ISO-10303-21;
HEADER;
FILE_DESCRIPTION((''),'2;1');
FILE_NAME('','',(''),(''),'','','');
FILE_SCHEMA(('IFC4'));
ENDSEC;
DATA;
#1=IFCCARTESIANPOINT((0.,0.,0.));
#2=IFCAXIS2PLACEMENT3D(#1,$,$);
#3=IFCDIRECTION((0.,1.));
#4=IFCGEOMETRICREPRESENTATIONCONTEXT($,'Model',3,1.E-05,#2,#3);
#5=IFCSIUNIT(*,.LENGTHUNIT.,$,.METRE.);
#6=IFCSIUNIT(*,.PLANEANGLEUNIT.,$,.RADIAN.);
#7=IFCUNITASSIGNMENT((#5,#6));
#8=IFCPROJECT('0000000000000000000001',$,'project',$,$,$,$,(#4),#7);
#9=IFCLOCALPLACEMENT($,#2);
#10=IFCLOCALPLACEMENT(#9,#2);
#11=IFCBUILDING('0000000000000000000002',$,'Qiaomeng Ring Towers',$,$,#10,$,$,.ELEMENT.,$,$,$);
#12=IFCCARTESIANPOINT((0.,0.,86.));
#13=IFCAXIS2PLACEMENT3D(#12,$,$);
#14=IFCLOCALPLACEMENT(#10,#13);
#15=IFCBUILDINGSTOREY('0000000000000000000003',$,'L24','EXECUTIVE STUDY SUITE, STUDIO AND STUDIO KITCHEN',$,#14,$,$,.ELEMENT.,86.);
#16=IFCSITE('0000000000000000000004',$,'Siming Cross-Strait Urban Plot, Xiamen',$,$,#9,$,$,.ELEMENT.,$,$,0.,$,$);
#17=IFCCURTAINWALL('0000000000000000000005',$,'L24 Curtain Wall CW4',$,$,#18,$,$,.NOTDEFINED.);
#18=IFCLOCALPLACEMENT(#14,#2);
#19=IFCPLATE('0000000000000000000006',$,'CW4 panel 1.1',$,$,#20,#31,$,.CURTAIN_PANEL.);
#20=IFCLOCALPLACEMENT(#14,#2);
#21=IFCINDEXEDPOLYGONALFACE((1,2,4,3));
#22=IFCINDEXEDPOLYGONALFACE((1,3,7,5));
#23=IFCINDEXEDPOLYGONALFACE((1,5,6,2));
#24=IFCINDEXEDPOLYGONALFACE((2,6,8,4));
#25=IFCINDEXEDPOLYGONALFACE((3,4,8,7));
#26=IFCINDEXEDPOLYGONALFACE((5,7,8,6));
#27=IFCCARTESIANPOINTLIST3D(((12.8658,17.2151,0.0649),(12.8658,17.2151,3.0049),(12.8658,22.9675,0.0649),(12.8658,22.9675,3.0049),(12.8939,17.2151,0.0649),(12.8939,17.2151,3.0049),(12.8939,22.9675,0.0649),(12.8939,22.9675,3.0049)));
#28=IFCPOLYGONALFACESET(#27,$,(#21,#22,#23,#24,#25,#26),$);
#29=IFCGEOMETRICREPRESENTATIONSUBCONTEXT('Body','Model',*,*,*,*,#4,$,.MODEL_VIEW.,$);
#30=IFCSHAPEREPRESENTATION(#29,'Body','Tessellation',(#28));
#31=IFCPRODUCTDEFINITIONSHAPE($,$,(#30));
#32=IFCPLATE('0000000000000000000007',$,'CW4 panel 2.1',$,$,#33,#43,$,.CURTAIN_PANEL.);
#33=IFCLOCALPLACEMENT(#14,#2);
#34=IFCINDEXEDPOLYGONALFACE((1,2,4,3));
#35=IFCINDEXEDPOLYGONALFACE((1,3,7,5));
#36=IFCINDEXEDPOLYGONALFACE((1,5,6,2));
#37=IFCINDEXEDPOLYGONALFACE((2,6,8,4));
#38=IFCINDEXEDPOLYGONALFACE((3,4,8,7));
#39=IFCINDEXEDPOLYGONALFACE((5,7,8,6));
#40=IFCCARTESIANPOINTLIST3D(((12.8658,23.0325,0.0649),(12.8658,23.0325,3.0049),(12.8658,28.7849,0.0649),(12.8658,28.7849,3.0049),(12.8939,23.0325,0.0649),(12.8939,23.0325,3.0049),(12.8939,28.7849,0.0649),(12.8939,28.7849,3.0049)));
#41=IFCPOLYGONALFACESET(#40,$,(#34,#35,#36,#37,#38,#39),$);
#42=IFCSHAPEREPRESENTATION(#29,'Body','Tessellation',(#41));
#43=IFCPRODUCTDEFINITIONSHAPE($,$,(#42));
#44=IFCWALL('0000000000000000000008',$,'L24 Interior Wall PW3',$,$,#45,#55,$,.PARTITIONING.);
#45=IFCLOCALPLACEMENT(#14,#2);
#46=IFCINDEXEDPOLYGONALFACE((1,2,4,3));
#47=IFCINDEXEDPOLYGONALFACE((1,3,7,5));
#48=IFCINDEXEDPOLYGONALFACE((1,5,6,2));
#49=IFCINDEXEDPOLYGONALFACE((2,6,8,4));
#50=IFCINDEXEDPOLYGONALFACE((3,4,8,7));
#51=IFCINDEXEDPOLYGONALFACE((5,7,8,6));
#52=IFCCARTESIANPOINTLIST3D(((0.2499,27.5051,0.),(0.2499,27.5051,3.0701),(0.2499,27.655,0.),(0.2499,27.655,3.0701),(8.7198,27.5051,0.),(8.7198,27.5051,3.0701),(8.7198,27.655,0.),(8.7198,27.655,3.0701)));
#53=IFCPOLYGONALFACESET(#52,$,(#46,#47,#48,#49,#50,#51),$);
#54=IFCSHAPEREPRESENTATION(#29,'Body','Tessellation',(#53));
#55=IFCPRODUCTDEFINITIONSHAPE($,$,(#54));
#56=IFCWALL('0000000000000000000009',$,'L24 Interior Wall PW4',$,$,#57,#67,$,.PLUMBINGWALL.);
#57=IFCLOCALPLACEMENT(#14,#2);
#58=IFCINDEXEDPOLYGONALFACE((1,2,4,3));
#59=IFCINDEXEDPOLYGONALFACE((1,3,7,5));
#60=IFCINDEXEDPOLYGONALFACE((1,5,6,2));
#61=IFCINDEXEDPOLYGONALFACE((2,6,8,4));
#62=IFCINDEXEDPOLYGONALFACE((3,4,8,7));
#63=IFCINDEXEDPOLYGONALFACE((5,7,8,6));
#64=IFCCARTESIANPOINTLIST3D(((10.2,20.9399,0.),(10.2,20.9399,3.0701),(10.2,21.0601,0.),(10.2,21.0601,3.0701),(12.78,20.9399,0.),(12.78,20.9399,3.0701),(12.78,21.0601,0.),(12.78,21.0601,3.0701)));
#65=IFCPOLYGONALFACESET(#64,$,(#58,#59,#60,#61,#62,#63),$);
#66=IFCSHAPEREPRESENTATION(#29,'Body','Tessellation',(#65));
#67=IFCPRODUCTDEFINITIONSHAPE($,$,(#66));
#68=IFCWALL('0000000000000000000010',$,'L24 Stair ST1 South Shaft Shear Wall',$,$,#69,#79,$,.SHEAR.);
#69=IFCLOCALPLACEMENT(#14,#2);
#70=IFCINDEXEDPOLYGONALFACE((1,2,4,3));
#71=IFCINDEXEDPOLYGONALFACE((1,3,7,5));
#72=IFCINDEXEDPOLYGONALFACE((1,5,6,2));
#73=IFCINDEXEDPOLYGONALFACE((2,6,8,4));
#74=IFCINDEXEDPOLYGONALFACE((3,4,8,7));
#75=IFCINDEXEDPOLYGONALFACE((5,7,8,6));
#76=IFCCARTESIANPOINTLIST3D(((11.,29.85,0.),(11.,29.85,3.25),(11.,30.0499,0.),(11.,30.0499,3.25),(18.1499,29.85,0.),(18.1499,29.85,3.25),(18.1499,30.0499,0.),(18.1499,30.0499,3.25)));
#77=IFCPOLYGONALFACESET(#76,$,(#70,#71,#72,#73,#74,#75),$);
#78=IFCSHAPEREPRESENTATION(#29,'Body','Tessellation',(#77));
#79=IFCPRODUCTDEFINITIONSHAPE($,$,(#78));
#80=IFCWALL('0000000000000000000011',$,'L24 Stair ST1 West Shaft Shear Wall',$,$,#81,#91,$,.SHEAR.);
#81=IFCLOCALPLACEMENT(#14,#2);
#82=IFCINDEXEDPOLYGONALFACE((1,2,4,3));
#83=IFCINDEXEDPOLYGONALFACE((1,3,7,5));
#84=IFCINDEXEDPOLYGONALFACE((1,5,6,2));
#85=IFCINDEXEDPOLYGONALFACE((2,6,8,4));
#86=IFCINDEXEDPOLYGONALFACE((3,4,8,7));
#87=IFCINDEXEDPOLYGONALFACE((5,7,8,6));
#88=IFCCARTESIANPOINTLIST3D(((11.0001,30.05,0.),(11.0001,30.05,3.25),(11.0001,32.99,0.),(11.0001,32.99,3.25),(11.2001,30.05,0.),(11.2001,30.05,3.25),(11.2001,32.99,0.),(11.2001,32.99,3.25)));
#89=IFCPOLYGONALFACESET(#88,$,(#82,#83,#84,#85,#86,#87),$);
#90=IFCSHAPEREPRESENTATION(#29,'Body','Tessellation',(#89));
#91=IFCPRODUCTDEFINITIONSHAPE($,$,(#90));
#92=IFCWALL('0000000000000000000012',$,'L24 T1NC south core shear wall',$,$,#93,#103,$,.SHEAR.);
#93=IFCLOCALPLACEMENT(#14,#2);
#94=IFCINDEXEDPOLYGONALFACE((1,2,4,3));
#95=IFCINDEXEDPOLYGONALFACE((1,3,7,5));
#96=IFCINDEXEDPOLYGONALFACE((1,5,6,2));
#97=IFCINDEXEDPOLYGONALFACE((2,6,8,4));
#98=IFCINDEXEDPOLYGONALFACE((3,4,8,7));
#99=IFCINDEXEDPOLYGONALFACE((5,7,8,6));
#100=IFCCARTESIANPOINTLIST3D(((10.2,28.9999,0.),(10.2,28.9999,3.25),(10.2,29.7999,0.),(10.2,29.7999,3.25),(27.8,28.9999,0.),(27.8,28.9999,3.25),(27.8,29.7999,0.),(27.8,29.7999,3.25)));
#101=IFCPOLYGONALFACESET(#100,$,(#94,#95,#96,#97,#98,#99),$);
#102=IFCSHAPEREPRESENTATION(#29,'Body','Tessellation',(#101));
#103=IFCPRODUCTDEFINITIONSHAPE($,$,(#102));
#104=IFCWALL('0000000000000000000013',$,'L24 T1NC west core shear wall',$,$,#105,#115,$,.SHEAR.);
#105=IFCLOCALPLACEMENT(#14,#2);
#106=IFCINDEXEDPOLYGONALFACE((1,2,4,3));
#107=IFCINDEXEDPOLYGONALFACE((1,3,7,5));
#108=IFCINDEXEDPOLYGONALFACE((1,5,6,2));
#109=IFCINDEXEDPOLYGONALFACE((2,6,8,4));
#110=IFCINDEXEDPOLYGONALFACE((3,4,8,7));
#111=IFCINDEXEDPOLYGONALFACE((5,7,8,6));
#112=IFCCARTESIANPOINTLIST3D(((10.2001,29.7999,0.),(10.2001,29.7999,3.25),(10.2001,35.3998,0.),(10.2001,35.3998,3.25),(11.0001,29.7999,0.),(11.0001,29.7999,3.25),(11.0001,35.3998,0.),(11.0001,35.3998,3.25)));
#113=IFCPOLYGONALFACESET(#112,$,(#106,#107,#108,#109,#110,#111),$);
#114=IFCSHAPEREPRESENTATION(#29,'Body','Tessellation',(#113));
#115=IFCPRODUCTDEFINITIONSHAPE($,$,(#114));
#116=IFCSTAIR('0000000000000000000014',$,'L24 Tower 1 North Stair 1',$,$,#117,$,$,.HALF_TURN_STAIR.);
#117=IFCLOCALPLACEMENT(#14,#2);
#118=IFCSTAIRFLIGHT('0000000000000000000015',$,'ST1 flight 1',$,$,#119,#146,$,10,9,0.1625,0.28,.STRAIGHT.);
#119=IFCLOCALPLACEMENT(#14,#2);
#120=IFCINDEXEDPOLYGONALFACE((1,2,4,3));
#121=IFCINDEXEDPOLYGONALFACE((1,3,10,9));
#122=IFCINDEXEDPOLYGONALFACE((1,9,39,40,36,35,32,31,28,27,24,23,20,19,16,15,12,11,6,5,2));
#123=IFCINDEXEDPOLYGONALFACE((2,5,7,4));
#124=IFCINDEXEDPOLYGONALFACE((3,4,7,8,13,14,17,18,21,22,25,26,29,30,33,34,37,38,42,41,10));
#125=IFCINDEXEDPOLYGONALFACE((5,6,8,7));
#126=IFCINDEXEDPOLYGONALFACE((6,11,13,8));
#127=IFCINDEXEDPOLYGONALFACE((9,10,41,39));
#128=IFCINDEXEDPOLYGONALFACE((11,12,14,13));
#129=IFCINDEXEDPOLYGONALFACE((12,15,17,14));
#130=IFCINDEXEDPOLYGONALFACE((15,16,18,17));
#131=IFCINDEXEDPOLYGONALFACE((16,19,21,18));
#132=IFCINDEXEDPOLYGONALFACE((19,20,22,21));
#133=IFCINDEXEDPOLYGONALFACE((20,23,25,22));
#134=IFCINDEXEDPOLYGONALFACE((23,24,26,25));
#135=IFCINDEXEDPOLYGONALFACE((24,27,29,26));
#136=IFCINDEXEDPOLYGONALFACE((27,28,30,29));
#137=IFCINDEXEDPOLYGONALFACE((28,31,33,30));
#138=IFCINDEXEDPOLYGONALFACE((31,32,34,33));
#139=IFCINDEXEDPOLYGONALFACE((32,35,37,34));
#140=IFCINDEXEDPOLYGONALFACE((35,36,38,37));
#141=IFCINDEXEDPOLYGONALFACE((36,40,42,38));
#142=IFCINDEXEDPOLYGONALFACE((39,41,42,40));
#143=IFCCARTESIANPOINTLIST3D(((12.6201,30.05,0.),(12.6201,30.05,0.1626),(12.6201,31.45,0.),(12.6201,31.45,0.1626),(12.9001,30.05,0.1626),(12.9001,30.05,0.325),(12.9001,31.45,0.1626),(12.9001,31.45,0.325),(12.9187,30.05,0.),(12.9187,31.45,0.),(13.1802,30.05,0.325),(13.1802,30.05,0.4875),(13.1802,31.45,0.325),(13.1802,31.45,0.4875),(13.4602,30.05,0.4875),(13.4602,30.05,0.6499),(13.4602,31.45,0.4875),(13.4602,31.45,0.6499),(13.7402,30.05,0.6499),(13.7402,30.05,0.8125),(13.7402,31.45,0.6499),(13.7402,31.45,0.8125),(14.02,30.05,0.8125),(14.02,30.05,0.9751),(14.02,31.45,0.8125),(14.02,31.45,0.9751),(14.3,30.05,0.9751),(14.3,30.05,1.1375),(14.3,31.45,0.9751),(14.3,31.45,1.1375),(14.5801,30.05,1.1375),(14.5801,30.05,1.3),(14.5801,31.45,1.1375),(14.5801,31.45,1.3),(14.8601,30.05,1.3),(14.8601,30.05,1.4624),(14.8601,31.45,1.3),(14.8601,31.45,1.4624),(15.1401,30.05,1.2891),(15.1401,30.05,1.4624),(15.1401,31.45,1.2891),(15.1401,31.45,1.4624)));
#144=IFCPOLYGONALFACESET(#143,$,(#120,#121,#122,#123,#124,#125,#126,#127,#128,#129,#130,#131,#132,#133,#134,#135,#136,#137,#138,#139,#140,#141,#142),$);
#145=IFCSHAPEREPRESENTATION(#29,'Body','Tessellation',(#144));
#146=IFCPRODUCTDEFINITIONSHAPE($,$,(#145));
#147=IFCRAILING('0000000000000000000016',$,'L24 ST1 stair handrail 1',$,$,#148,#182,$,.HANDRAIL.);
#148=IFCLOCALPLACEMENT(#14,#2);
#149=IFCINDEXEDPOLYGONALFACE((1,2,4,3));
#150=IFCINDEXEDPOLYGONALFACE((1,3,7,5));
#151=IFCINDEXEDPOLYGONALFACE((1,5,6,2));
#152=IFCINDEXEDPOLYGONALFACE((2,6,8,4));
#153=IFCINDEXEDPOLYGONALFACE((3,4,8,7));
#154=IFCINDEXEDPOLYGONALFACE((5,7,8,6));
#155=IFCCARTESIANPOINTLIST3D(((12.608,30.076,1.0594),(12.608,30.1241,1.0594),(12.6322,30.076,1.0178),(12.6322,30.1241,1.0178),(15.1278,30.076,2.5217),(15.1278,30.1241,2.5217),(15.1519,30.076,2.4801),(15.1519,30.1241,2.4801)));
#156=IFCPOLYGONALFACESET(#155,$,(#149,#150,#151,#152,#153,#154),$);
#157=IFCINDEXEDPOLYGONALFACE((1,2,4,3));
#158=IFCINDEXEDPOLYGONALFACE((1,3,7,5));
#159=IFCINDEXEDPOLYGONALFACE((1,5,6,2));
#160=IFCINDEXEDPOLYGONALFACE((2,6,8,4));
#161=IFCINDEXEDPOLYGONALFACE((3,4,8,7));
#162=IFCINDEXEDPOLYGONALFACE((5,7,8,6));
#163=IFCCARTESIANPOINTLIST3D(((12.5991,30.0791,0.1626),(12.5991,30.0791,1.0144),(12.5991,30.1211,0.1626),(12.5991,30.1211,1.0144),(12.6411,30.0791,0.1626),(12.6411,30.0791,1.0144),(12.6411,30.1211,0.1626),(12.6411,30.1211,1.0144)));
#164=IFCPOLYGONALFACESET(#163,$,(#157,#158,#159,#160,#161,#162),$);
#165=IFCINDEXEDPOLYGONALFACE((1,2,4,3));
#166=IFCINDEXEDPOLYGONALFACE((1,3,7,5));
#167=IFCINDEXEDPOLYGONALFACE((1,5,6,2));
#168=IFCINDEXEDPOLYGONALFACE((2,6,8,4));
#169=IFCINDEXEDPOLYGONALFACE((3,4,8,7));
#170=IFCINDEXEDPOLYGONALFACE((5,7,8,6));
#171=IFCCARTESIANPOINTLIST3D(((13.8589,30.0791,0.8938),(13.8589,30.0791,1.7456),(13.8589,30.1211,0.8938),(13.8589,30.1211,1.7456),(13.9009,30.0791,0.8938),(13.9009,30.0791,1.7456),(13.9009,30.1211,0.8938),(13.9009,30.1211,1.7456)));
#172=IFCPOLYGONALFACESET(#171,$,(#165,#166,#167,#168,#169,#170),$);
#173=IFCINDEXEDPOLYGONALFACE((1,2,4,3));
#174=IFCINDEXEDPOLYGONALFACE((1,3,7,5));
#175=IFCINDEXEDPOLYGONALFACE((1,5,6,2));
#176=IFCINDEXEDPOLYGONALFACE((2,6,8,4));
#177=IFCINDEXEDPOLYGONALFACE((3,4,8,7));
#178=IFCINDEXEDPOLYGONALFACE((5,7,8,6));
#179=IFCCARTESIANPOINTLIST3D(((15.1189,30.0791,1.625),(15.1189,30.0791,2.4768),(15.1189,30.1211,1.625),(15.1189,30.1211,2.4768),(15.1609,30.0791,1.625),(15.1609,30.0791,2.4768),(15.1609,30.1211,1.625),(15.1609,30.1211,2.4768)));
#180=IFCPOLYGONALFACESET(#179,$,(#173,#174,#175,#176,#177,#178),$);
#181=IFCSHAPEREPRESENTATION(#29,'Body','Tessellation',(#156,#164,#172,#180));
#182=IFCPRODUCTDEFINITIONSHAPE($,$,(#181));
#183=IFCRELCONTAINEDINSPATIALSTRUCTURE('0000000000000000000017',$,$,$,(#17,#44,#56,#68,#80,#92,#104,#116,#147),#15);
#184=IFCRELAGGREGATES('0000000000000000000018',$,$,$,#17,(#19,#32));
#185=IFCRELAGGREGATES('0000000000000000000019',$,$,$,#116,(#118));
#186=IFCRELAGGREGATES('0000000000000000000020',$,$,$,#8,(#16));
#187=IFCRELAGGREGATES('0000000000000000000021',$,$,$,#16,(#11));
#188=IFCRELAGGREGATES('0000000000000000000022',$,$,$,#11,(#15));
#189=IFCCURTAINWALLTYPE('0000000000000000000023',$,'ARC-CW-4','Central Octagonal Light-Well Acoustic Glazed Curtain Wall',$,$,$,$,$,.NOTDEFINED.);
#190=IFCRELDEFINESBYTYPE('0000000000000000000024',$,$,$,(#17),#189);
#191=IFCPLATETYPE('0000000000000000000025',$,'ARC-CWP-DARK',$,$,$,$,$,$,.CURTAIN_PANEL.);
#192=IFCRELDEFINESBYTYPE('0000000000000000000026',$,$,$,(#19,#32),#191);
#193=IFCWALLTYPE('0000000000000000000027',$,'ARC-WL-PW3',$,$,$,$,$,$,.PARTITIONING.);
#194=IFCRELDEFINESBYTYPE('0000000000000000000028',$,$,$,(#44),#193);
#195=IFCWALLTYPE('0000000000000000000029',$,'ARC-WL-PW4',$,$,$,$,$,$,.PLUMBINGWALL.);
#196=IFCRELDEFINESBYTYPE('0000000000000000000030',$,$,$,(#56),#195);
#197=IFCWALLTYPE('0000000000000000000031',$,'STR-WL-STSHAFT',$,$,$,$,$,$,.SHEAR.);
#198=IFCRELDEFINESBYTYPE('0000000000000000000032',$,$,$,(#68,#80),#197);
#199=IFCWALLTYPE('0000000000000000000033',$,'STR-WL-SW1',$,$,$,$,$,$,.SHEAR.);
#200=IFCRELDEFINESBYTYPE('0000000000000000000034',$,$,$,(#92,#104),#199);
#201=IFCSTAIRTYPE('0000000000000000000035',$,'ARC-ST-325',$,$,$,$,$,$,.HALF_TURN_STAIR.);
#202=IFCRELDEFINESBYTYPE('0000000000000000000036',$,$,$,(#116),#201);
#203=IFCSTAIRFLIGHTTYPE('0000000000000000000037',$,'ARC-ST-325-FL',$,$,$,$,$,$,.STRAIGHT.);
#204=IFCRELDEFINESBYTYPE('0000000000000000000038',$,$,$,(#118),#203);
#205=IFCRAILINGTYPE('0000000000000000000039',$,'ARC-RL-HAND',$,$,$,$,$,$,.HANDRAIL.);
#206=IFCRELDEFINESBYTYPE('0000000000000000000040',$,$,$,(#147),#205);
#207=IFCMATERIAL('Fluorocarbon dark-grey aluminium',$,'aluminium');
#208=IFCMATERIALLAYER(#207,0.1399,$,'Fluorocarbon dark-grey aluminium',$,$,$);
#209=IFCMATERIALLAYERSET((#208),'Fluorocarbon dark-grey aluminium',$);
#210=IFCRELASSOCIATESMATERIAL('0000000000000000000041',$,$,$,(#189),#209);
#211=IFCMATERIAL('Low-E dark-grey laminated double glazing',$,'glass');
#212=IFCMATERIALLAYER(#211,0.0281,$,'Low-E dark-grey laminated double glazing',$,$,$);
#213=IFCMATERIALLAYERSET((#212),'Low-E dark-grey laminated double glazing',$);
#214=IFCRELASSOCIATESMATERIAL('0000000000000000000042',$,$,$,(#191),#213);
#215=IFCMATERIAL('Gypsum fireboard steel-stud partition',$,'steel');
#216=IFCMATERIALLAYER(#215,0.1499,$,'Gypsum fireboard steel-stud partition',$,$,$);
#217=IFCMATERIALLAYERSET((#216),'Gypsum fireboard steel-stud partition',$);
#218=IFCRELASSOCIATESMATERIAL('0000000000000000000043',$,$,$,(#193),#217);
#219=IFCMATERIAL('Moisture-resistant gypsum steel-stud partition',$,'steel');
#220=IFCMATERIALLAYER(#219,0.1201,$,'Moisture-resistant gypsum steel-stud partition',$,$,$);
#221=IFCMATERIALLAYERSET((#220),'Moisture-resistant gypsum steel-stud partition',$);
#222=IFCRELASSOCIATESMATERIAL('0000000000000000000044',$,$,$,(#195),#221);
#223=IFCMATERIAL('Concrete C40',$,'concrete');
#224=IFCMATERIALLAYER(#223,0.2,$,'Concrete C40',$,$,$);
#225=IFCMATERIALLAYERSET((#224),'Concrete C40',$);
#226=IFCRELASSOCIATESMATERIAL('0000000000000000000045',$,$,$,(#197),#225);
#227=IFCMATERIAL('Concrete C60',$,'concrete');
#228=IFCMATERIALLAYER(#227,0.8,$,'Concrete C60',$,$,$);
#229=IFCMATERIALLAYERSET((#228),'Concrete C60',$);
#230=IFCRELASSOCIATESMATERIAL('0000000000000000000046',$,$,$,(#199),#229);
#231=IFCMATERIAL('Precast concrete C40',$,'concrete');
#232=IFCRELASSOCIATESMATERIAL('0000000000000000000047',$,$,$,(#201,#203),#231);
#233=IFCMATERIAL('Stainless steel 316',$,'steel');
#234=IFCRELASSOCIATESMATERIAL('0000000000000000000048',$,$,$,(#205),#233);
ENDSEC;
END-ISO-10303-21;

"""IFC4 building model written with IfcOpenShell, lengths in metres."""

from ifc_helpers import new_model, si_unit, direction, frame, frame_2d, origin, origin_2d, place, context, subcontext, project, spatial, polyline, rectangle, outline, extrude, source, transform, mapped, material, layer, layer_set, type_object, element, aggregate, save


model = new_model("IFC4")

# Units and contexts
model_context = context("Model", 3, precision=1e-05, world=origin(), true_north=direction((0.0, 1.0)))
body_context = subcontext(model_context, "Body", "Model", "MODEL_VIEW")
ifc_project = project(units=[si_unit("LENGTHUNIT", "METRE"), si_unit("PLANEANGLEUNIT", "RADIAN")], contexts=[model_context])

# Site, building, storey
site_placement = place(None, origin())
site = spatial("IfcSite", under=ifc_project, at=site_placement, Name="Siming Cross-Strait Urban Plot, Xiamen", CompositionType="ELEMENT", RefElevation=0.0)
building_placement = place(site_placement, origin())
building = spatial("IfcBuilding", under=site, at=building_placement, Name="Qiaomeng Ring Towers", CompositionType="ELEMENT")
storey_placement = place(building_placement, frame((0.0, 0.0, 86.0)))
storey = spatial("IfcBuildingStorey", under=building, at=storey_placement, Name="L24", Description="EXECUTIVE STUDY SUITE, STUDIO AND STUDIO KITCHEN", CompositionType="ELEMENT", Elevation=86.0)

# Shared definitions
ifc_material_1 = material(Name="Concrete C60", Category="concrete")

# Curtain wall
ifc_material_2 = material(Name="Fluorocarbon dark-grey aluminium", Category="aluminium")
ifc_layer_1 = layer(ifc_material_2, 0.1399, Name="Fluorocarbon dark-grey aluminium")
ifc_layer_set_1 = layer_set([ifc_layer_1], Name="Fluorocarbon dark-grey aluminium")
curtain_wall_type = type_object("IfcCurtainWallType", Name="ARC-CW-4", Description="Central Octagonal Light-Well Acoustic Glazed Curtain Wall", PredefinedType="NOTDEFINED", material=ifc_layer_set_1)
curtain_wall_placement = place(storey_placement, origin())
curtain_wall = element("IfcCurtainWall", 1, at=curtain_wall_placement, inside=storey, type_object=curtain_wall_type, Name="L24 Curtain Wall CW4", PredefinedType="NOTDEFINED")

# Shared definitions
ifc_material_3 = material(Name="Stainless steel 316", Category="steel")

# Plates
ifc_material_4 = material(Name="Low-E dark-grey laminated double glazing", Category="glass")
ifc_layer_2 = layer(ifc_material_4, 0.0281, Name="Low-E dark-grey laminated double glazing")
ifc_layer_set_2 = layer_set([ifc_layer_2], Name="Low-E dark-grey laminated double glazing")
plate_type = type_object("IfcPlateType", Name="ARC-CWP-DARK", PredefinedType="CURTAIN_PANEL", material=ifc_layer_set_2)
shared_shape_1 = source(origin(), body_context, "Body", "SweptSolid", [
    extrude(rectangle(XDim=5.7524, YDim=0.0281, at=origin_2d()), origin(), (0.0, 0.0, 1.0), 2.9399),
])
plate_1_placement = place(storey_placement, frame((12.8799, 20.0913, 0.0649), z_axis=(0.0, 0.0, 1.0), x_axis=(0.0, 1.0, 0.0)))
plate_1 = element("IfcPlate", 2, at=plate_1_placement, type_object=plate_type, Name="CW4 panel 1.1", PredefinedType="CURTAIN_PANEL", context=body_context, shape_type="MappedRepresentation", body=[
    mapped(shared_shape_1, transform((0.0, 0.0, 0.0), x_axis=(1.0, 0.0, 0.0), y_axis=(0.0, 1.0, 0.0), z_axis=(0.0, 0.0, 1.0), scale=1.0)),
])
plate_2_placement = place(storey_placement, frame((12.8799, 25.9087, 0.0649), z_axis=(0.0, 0.0, 1.0), x_axis=(0.0, 1.0, 0.0)))
plate_2 = element("IfcPlate", 3, at=plate_2_placement, type_object=plate_type, Name="CW4 panel 2.1", PredefinedType="CURTAIN_PANEL", context=body_context, shape_type="MappedRepresentation", body=[
    mapped(shared_shape_1, transform((0.0, 0.0, 0.0), x_axis=(1.0, 0.0, 0.0), y_axis=(0.0, 1.0, 0.0), z_axis=(0.0, 0.0, 1.0), scale=1.0)),
])
aggregate(curtain_wall, [plate_1, plate_2])

# Walls
ifc_material_5 = material(Name="Gypsum fireboard steel-stud partition", Category="steel")
ifc_layer_3 = layer(ifc_material_5, 0.1499, Name="Gypsum fireboard steel-stud partition")
ifc_layer_set_3 = layer_set([ifc_layer_3], Name="Gypsum fireboard steel-stud partition")
wall_type_1 = type_object("IfcWallType", Name="ARC-WL-PW3", PredefinedType="PARTITIONING", material=ifc_layer_set_3)
wall_1_placement = place(storey_placement, frame((0.25, 27.5801, 0.0), z_axis=(0.0, 0.0, 1.0), x_axis=(1.0, 0.0, 0.0)))
element("IfcWall", 4, at=wall_1_placement, inside=storey, type_object=wall_type_1, Name="L24 Interior Wall PW3", PredefinedType="PARTITIONING", context=body_context, shape_type="SweptSolid", body=[
    extrude(rectangle(XDim=8.47, YDim=0.1499, at=frame_2d((4.2349, 0.0))), origin(), (0.0, 0.0, 1.0), 3.0701),
])
ifc_material_6 = material(Name="Moisture-resistant gypsum steel-stud partition", Category="steel")
ifc_layer_4 = layer(ifc_material_6, 0.1201, Name="Moisture-resistant gypsum steel-stud partition")
ifc_layer_set_4 = layer_set([ifc_layer_4], Name="Moisture-resistant gypsum steel-stud partition")
wall_type_2 = type_object("IfcWallType", Name="ARC-WL-PW4", PredefinedType="PLUMBINGWALL", material=ifc_layer_set_4)
wall_2_placement = place(storey_placement, frame((10.2, 21.0, 0.0), z_axis=(0.0, 0.0, 1.0), x_axis=(1.0, 0.0, 0.0)))
element("IfcWall", 5, at=wall_2_placement, inside=storey, type_object=wall_type_2, Name="L24 Interior Wall PW4", PredefinedType="PLUMBINGWALL", context=body_context, shape_type="SweptSolid", body=[
    extrude(rectangle(XDim=2.5801, YDim=0.1201, at=frame_2d((1.29, 0.0))), origin(), (0.0, 0.0, 1.0), 3.0701),
])
ifc_material_7 = material(Name="Concrete C40", Category="concrete")
ifc_layer_5 = layer(ifc_material_7, 0.2, Name="Concrete C40")
ifc_layer_set_5 = layer_set([ifc_layer_5], Name="Concrete C40")
wall_type_3 = type_object("IfcWallType", Name="STR-WL-STSHAFT", PredefinedType="SHEAR", material=ifc_layer_set_5)
wall_3_placement = place(storey_placement, frame((11.0, 29.95, 0.0), z_axis=(0.0, 0.0, 1.0), x_axis=(1.0, 0.0, 0.0)))
element("IfcWall", 6, at=wall_3_placement, inside=storey, type_object=wall_type_3, Name="L24 Stair ST1 South Shaft Shear Wall", PredefinedType="SHEAR", context=body_context, shape_type="SweptSolid", body=[
    extrude(rectangle(XDim=7.1499, YDim=0.2, at=frame_2d((3.575, 0.0))), origin(), (0.0, 0.0, 1.0), 3.25),
])
wall_4_placement = place(storey_placement, frame((11.1001, 30.05, 0.0), z_axis=(0.0, 0.0, 1.0), x_axis=(0.0, 1.0, 0.0)))
element("IfcWall", 7, at=wall_4_placement, inside=storey, type_object=wall_type_3, Name="L24 Stair ST1 West Shaft Shear Wall", PredefinedType="SHEAR", context=body_context, shape_type="SweptSolid", body=[
    extrude(rectangle(XDim=2.9399, YDim=0.2, at=frame_2d((1.47, 0.0))), origin(), (0.0, 0.0, 1.0), 3.25),
])
ifc_layer_6 = layer(ifc_material_1, 0.8, Name="Concrete C60")
ifc_layer_set_6 = layer_set([ifc_layer_6], Name="Concrete C60")
wall_type_4 = type_object("IfcWallType", Name="STR-WL-SW1", PredefinedType="SHEAR", material=ifc_layer_set_6)
wall_5_placement = place(storey_placement, frame((10.2, 29.3999, 0.0), z_axis=(0.0, 0.0, 1.0), x_axis=(1.0, 0.0, 0.0)))
element("IfcWall", 8, at=wall_5_placement, inside=storey, type_object=wall_type_4, Name="L24 T1NC south core shear wall", PredefinedType="SHEAR", context=body_context, shape_type="SweptSolid", body=[
    extrude(rectangle(XDim=17.6001, YDim=0.8, at=frame_2d((8.8, 0.0))), origin(), (0.0, 0.0, 1.0), 3.25),
])
wall_6_placement = place(storey_placement, frame((10.6001, 29.8, 0.0), z_axis=(0.0, 0.0, 1.0), x_axis=(0.0, 1.0, 0.0)))
element("IfcWall", 9, at=wall_6_placement, inside=storey, type_object=wall_type_4, Name="L24 T1NC west core shear wall", PredefinedType="SHEAR", context=body_context, shape_type="SweptSolid", body=[
    extrude(rectangle(XDim=5.5999, YDim=0.8, at=frame_2d((2.7998, 0.0))), origin(), (0.0, 0.0, 1.0), 3.25),
])

# Stair, stair flight
ifc_material_8 = material(Name="Precast concrete C40", Category="concrete")
stair_type = type_object("IfcStairType", Name="ARC-ST-325", PredefinedType="HALF_TURN_STAIR", material=ifc_material_8)
stair_placement = place(storey_placement, origin())
stair = element("IfcStair", 10, at=stair_placement, inside=storey, type_object=stair_type, Name="L24 Tower 1 North Stair 1", PredefinedType="HALF_TURN_STAIR")
stair_flight_type = type_object("IfcStairFlightType", Name="ARC-ST-325-FL", PredefinedType="STRAIGHT", material=ifc_material_8)
shared_shape_2 = source(origin(), body_context, "Body", "SweptSolid", [
    extrude(outline(polyline([(0.0, 0.0), (0.0, 0.1626), (0.28, 0.1626), (0.28, 0.325), (0.5601, 0.325), (0.5601, 0.4875), (0.8401, 0.4875), (0.8401, 0.6499), (1.1201, 0.6499), (1.1201, 0.8125), (1.3999, 0.8125), (1.3999, 0.9751), (1.6799, 0.9751), (1.6799, 1.1375), (1.96, 1.1375), (1.96, 1.3), (2.24, 1.3), (2.24, 1.4624), (2.52, 1.4624), (2.52, 1.625), (2.52, 1.2891), (0.2986, 0.0), (0.0, 0.0)])), frame((0.0, 0.7, 0.0), z_axis=(0.0, -1.0, 0.0), x_axis=(1.0, 0.0, 0.0)), (0.0, 0.0, 1.0), 1.3999),
])
stair_flight_placement = place(storey_placement, frame((12.6201, 30.75, 0.0), z_axis=(0.0, 0.0, 1.0), x_axis=(1.0, 0.0, 0.0)))
stair_flight = element("IfcStairFlight", 11, at=stair_flight_placement, type_object=stair_flight_type, Name="ST1 flight 1", NumberOfRisers=10, NumberOfTreads=9, PredefinedType="STRAIGHT", RiserHeight=0.1625, TreadLength=0.28, context=body_context, shape_type="MappedRepresentation", body=[
    mapped(shared_shape_2, transform((0.0, 0.0, 0.0), x_axis=(1.0, 0.0, 0.0), y_axis=(0.0, 1.0, 0.0), z_axis=(0.0, 0.0, 1.0), scale=1.0)),
])
aggregate(stair, [stair_flight])

# Railing
railing_type = type_object("IfcRailingType", Name="ARC-RL-HAND", PredefinedType="HANDRAIL", material=ifc_material_3)
railing_placement = place(storey_placement, frame((12.6201, 30.1001, 0.1626)))
element("IfcRailing", 12, at=railing_placement, inside=storey, type_object=railing_type, Name="L24 ST1 stair handrail 1", PredefinedType="HANDRAIL", context=body_context, shape_type="SweptSolid", body=[
    extrude(rectangle(XDim=0.0481, YDim=0.0481, at=origin_2d()), frame((0.0, 0.0, 0.876), z_axis=(0.864892, 0.0, 0.501958), x_axis=(0.0, 1.0, 0.0)), (0.0, 0.0, 1.0), 2.9133),
    extrude(rectangle(XDim=0.042, YDim=0.042, at=origin_2d()), origin(), (0.0, 0.0, 1.0), 0.8518),
    extrude(rectangle(XDim=0.042, YDim=0.042, at=origin_2d()), frame((1.2598, 0.0, 0.7312)), (0.0, 0.0, 1.0), 0.8518),
    extrude(rectangle(XDim=0.042, YDim=0.042, at=origin_2d()), frame((2.5198, 0.0, 1.4624)), (0.0, 0.0, 1.0), 0.8518),
])

save(model, "model.ifc")
